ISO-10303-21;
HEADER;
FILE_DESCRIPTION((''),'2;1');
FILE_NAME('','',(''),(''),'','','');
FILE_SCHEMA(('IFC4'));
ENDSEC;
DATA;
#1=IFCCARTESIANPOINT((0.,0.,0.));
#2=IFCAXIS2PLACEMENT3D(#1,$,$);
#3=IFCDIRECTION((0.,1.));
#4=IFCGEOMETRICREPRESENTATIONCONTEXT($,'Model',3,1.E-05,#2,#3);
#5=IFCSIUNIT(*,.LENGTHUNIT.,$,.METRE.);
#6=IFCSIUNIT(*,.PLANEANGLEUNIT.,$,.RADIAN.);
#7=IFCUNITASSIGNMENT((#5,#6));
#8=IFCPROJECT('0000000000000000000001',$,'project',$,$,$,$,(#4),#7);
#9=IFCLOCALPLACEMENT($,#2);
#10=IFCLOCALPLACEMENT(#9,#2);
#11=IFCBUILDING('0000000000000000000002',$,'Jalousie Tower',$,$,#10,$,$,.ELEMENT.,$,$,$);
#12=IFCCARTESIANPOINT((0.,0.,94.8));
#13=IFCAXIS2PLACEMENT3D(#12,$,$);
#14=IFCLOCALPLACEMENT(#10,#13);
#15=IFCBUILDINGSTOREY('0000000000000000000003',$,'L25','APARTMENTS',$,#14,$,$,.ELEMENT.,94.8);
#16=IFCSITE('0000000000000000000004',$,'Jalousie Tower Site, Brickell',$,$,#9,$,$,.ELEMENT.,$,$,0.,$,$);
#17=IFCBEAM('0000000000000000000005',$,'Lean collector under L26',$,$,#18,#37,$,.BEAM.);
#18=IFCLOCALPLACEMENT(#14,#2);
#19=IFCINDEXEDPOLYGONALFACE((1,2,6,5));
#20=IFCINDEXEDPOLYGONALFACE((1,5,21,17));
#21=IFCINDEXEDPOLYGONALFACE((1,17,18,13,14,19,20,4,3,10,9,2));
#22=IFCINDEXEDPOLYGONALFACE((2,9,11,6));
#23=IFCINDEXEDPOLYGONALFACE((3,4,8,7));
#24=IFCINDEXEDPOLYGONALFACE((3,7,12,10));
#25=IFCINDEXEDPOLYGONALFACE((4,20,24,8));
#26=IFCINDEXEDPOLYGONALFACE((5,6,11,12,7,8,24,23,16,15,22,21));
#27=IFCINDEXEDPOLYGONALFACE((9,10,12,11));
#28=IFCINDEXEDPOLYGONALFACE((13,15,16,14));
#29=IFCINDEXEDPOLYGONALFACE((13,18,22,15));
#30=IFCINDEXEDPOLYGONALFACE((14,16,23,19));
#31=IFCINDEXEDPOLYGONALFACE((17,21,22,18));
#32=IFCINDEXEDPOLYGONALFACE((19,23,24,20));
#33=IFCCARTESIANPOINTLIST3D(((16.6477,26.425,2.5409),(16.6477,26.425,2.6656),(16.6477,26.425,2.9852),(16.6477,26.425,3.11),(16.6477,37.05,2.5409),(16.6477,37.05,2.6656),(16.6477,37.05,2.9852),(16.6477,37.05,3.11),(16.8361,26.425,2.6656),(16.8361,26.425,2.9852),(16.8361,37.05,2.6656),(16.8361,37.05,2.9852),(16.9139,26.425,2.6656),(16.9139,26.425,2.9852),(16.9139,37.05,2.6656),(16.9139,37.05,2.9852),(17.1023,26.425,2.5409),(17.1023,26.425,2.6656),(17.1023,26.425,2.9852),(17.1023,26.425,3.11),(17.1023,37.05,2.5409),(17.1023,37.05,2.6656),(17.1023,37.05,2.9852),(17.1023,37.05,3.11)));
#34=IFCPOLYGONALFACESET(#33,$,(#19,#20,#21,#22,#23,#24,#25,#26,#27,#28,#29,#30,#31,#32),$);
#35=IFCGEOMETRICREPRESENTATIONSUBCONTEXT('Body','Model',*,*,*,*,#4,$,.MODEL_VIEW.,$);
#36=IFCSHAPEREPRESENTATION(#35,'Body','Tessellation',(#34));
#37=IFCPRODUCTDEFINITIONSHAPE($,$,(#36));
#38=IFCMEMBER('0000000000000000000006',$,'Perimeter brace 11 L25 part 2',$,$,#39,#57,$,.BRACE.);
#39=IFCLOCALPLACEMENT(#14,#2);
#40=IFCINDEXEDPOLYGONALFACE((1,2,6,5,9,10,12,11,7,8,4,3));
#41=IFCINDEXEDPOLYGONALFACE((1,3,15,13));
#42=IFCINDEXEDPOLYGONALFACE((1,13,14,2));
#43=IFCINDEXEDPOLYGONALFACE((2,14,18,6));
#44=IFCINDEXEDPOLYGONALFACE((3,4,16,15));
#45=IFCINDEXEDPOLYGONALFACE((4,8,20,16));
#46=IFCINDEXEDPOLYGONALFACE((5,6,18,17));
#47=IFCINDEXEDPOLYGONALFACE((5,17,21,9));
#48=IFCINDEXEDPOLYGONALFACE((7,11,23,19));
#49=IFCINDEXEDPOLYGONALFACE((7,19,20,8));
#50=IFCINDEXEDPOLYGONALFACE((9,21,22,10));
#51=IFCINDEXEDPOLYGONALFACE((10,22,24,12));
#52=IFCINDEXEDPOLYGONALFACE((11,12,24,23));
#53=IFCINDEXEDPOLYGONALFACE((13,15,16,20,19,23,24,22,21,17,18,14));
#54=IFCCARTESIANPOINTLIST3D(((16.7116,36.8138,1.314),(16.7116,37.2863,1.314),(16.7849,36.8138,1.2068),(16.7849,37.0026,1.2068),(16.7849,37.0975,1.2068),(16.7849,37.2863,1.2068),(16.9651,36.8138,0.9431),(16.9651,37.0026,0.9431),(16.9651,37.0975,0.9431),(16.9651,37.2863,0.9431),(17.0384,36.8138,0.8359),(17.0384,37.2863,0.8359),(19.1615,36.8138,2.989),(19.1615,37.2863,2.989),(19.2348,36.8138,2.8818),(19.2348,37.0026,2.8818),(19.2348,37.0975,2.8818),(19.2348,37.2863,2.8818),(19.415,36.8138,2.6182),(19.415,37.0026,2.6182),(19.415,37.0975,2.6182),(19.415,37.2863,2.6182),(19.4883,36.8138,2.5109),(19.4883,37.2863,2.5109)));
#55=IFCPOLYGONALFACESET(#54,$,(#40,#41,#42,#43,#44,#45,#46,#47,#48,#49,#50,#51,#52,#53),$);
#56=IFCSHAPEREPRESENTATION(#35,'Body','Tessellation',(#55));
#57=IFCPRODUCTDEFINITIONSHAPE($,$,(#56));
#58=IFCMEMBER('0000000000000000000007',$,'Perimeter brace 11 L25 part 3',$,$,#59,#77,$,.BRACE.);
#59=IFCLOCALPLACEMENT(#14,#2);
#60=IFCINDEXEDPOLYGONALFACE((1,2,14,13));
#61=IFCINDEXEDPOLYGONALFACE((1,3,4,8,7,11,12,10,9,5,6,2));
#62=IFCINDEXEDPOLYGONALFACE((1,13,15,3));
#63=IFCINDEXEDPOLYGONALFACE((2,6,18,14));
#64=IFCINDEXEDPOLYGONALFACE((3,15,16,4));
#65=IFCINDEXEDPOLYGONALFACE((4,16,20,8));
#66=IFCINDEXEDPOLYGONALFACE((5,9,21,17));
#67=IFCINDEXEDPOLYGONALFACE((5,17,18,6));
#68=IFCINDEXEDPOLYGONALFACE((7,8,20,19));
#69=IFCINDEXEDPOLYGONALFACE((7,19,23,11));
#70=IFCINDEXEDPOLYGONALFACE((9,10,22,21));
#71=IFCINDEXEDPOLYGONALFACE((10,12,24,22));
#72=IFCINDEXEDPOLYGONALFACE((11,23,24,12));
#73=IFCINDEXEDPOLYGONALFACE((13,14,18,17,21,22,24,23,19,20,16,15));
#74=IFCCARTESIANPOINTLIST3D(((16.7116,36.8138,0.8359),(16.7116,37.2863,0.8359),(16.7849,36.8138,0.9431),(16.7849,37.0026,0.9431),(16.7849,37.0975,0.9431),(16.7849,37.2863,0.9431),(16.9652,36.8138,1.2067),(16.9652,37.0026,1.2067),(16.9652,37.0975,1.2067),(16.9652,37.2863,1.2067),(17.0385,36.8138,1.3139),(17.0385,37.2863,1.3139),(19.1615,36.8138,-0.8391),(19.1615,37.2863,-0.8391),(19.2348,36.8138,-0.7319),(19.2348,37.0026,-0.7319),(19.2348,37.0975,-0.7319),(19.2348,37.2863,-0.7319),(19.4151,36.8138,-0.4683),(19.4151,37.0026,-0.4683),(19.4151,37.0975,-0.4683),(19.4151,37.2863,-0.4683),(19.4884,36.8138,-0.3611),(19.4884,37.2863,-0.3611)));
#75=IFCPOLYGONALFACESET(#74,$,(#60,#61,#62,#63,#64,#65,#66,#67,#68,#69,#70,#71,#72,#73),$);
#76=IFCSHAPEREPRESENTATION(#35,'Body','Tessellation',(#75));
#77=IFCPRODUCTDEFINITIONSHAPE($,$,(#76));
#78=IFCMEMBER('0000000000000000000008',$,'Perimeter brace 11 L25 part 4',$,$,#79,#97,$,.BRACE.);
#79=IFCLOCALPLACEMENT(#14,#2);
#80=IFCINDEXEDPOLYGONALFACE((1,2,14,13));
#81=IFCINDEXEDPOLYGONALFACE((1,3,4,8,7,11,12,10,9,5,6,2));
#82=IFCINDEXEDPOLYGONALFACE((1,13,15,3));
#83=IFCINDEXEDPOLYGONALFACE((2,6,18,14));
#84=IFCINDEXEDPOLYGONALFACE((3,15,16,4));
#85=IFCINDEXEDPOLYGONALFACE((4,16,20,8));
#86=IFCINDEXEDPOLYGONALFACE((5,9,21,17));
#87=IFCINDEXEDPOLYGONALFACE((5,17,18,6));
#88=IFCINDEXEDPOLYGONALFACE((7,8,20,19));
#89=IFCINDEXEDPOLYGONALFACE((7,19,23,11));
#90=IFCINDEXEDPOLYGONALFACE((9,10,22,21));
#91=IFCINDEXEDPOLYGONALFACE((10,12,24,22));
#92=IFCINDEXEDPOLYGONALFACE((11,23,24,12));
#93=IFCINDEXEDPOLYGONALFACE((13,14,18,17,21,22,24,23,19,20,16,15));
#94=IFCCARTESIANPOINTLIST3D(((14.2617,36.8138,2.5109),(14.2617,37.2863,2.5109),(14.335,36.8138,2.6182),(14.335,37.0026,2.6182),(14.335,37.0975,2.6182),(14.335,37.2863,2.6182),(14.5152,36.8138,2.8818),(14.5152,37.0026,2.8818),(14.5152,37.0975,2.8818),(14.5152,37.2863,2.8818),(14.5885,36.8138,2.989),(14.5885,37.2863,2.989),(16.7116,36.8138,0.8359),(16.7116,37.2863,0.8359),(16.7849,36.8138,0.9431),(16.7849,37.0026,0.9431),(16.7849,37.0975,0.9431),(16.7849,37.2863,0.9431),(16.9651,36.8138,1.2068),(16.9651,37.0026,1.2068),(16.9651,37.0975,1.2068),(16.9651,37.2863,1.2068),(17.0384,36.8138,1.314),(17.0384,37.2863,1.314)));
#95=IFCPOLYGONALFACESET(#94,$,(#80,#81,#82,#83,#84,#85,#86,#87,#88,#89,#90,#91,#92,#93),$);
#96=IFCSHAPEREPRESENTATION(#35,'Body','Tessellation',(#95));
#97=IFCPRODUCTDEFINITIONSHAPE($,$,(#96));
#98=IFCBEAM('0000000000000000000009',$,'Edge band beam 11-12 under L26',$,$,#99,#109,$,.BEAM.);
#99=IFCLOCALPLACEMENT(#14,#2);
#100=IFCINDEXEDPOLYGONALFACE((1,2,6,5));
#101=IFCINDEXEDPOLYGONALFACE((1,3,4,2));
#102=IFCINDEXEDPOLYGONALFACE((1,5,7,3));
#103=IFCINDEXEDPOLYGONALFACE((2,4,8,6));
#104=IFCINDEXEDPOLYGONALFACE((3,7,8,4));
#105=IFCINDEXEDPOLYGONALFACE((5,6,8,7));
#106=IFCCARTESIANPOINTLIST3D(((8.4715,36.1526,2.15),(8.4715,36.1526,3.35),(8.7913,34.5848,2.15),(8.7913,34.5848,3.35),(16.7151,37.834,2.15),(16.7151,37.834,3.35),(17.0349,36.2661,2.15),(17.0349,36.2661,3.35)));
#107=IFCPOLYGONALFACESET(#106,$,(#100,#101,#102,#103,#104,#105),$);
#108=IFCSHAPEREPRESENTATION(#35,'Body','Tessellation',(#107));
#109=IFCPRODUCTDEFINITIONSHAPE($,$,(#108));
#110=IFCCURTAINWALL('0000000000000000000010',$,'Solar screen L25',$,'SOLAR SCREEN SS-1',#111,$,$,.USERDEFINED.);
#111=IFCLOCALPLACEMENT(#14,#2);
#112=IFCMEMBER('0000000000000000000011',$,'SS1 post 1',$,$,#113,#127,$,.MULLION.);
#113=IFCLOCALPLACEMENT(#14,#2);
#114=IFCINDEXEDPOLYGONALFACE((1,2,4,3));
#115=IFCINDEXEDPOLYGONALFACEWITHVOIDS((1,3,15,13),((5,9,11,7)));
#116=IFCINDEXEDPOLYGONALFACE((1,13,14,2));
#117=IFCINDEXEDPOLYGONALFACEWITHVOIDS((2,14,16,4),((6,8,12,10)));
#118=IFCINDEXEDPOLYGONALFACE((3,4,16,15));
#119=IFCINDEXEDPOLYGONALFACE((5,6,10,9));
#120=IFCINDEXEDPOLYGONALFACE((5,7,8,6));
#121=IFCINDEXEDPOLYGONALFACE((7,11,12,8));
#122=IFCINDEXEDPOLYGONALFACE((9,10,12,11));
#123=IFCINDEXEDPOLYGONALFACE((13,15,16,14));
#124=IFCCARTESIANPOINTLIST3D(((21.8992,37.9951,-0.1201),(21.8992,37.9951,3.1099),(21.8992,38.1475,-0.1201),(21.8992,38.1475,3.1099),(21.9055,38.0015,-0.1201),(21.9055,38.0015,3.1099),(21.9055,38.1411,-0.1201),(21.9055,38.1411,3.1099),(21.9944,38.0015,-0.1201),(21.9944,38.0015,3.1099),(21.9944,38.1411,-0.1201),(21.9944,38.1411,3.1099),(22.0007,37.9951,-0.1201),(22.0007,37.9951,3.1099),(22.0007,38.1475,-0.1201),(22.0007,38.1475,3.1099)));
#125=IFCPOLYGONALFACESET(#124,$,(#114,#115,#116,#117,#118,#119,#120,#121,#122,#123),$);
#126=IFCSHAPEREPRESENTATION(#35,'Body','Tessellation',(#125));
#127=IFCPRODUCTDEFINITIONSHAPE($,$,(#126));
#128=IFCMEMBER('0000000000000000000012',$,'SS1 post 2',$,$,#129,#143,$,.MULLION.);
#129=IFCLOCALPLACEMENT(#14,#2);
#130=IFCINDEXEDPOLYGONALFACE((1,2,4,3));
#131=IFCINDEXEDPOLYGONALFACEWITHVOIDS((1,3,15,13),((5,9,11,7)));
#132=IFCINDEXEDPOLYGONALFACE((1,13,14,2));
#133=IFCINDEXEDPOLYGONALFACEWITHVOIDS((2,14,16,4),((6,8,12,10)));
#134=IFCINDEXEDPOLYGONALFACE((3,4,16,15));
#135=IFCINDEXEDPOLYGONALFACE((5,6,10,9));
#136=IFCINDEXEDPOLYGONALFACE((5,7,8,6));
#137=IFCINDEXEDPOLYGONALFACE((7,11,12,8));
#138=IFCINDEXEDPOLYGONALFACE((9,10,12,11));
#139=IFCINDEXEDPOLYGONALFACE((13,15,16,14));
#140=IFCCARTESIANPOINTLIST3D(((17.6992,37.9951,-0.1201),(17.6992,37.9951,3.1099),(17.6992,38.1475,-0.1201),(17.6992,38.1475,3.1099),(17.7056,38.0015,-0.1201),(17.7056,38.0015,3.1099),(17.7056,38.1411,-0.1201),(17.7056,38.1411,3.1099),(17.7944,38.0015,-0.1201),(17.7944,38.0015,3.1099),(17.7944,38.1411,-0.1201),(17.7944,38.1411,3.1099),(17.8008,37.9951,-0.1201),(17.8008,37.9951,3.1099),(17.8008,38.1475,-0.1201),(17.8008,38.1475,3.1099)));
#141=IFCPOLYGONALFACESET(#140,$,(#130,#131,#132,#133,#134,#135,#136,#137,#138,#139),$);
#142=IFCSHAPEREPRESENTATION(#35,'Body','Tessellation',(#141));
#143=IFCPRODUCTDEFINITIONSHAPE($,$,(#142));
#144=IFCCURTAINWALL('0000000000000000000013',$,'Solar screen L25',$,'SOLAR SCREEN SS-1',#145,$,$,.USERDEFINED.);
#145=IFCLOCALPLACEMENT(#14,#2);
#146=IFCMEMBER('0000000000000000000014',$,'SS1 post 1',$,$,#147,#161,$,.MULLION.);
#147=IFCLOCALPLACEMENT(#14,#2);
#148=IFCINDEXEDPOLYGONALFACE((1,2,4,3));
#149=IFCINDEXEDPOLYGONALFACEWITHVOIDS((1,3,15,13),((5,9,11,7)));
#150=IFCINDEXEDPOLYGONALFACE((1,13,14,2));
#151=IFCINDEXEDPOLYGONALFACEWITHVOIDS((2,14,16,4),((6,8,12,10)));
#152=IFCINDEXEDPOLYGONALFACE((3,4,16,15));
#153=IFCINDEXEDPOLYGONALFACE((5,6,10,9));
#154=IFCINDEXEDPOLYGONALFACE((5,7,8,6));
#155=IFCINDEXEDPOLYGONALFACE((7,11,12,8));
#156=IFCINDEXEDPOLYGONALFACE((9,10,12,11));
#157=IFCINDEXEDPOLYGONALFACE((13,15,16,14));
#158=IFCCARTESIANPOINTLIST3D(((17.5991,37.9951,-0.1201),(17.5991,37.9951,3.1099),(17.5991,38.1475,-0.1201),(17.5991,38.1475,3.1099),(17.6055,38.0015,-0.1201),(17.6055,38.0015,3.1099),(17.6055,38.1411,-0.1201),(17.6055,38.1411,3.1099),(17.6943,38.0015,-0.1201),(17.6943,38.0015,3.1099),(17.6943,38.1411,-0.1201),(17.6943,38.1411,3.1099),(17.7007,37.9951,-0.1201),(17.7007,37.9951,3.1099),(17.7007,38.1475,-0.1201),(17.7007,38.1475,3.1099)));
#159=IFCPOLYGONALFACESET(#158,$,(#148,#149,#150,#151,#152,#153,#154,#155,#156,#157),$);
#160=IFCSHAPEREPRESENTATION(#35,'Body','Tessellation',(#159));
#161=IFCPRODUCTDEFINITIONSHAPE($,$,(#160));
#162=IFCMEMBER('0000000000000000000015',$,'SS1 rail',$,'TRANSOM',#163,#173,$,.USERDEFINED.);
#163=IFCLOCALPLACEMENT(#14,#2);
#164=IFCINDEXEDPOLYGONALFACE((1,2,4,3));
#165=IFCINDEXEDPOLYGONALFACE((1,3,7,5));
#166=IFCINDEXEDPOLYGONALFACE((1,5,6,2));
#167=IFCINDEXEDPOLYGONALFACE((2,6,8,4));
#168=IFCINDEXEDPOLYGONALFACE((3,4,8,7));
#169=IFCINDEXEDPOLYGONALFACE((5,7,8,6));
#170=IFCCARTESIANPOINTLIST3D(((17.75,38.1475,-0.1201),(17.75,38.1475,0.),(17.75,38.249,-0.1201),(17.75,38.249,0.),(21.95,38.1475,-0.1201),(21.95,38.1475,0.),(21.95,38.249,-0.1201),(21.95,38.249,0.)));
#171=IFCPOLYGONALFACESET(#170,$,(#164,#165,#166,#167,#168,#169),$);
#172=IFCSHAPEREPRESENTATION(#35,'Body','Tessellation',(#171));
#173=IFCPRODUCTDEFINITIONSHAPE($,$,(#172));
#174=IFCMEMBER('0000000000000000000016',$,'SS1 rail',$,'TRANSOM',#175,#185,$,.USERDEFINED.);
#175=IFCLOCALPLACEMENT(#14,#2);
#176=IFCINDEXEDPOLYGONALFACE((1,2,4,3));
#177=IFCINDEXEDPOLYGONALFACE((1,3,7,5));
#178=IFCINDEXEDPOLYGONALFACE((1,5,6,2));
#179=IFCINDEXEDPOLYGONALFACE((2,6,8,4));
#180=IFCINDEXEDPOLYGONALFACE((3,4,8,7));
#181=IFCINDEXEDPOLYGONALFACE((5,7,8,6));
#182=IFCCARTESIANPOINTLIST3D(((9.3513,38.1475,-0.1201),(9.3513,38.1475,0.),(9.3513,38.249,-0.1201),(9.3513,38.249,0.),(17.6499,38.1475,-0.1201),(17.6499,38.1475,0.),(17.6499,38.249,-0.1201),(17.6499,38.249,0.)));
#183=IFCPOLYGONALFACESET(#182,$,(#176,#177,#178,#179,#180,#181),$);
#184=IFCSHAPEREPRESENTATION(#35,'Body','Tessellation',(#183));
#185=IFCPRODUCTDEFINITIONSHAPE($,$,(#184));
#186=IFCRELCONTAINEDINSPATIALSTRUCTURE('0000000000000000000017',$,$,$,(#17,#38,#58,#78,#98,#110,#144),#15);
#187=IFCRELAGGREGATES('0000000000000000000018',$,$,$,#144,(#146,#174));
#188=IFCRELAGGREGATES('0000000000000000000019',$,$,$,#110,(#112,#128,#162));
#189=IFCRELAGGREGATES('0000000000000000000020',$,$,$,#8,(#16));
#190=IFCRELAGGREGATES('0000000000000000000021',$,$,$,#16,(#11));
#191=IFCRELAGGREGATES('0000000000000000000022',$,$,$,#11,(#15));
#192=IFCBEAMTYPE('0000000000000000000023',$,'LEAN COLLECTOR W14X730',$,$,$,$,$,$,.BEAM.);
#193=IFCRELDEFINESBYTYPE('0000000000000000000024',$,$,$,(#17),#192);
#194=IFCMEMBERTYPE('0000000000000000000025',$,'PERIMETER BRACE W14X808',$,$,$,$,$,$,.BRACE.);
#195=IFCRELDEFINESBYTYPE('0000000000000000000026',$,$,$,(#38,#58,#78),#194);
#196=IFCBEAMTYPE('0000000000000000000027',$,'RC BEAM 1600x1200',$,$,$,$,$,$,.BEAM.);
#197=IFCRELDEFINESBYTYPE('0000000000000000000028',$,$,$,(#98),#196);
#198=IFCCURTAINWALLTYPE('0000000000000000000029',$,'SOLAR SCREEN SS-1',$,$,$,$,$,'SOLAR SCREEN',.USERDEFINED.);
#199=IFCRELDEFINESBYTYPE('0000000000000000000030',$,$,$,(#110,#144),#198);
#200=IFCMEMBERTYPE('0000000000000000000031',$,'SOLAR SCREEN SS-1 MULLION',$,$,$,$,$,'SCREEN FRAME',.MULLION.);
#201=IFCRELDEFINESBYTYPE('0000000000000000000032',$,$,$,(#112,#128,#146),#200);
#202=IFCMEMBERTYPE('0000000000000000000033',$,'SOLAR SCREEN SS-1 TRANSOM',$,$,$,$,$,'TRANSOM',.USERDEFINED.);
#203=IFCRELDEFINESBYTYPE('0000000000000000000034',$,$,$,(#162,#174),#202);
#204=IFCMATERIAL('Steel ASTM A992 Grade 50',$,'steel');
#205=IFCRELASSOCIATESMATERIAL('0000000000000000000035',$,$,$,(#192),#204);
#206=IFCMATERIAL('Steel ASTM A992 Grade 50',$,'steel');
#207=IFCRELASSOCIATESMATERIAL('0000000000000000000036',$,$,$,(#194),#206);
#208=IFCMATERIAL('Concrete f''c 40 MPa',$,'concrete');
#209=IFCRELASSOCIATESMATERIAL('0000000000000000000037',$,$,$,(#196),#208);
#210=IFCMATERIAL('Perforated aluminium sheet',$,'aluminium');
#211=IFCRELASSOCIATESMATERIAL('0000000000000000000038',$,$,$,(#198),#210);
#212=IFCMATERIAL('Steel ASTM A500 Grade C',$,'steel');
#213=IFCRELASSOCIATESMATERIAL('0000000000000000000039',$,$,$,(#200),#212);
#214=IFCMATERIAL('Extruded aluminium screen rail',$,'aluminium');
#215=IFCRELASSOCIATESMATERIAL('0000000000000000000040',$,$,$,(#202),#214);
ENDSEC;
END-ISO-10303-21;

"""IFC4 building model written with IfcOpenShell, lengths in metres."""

from ifc_helpers import new_model, si_unit, direction, frame, origin, origin_2d, place, context, subcontext, project, spatial, rectangle, hollow_rectangle, i_section, extrude, material, material_profile, profile_set, type_object, element, aggregate, save


model = new_model("IFC4")

# Units and contexts
model_context = context("Model", 3, precision=1e-05, world=origin(), true_north=direction((0.0, 1.0)))
body_context = subcontext(model_context, "Body", "Model", "MODEL_VIEW")
ifc_project = project(units=[si_unit("LENGTHUNIT", "METRE"), si_unit("PLANEANGLEUNIT", "RADIAN")], contexts=[model_context])

# Site, building, storey
site_placement = place(None, origin())
site = spatial("IfcSite", under=ifc_project, at=site_placement, Name="Jalousie Tower Site, Brickell", CompositionType="ELEMENT", RefElevation=0.0)
building_placement = place(site_placement, origin())
building = spatial("IfcBuilding", under=site, at=building_placement, Name="Jalousie Tower", CompositionType="ELEMENT")
storey_placement = place(building_placement, frame((0.0, 0.0, 94.8)))
storey = spatial("IfcBuildingStorey", under=building, at=storey_placement, Name="L25", Description="APARTMENTS", CompositionType="ELEMENT", Elevation=94.8)

# Beam
ifc_material_1 = material(Name="Steel ASTM A992 Grade 50", Category="steel")
ifc_material_profile_1 = material_profile(ifc_material_1, i_section(OverallWidth=0.4546, OverallDepth=0.5691, WebThickness=0.0779, FlangeThickness=0.1248, at=origin_2d()), Name="W14X730")
ifc_profile_set_1 = profile_set([ifc_material_profile_1], Name="Steel ASTM A992 Grade 50")
beam_type_1 = type_object("IfcBeamType", Name="LEAN COLLECTOR W14X730", PredefinedType="BEAM", material=ifc_profile_set_1)
beam_1_placement = place(storey_placement, frame((16.875, 37.05, 2.8254), z_axis=(0.0, -1.0, 0.0), x_axis=(1.0, 0.0, 0.0)))
element("IfcBeam", 1, at=beam_1_placement, inside=storey, type_object=beam_type_1, Name="Lean collector under L26", PredefinedType="BEAM", context=body_context, shape_type="SweptSolid", body=[
    extrude(i_section(OverallWidth=0.4546, OverallDepth=0.5691, WebThickness=0.0779, FlangeThickness=0.1248, at=origin_2d()), origin(), (0.0, 0.0, 1.0), 10.625),
])

# Members
ifc_material_2 = material(Name="Steel ASTM A992 Grade 50", Category="steel")
ifc_material_profile_2 = material_profile(ifc_material_2, i_section(OverallWidth=0.4724, OverallDepth=0.5791, WebThickness=0.095, FlangeThickness=0.1299, at=origin_2d()), Name="W14X808")
ifc_profile_set_2 = profile_set([ifc_material_profile_2], Name="Steel ASTM A992 Grade 50")
member_type_1 = type_object("IfcMemberType", Name="PERIMETER BRACE W14X808", PredefinedType="BRACE", material=ifc_profile_set_2)
for number, where, z_axis, x_axis, name in (
    (2, (16.875, 37.05, 1.075), (0.825501, 0.0, 0.564401), (0.0, 1.0, 0.0), "Perimeter brace 11 L25 part 2"),
    (3, (19.325, 37.05, -0.6001), (-0.825501, 0.0, 0.564401), (0.0, -1.0, 0.0), "Perimeter brace 11 L25 part 3"),
    (4, (16.875, 37.05, 1.075), (-0.825501, 0.0, 0.564401), (0.0, -1.0, 0.0), "Perimeter brace 11 L25 part 4"),
):
    element("IfcMember", number, at=place(storey_placement, frame(where, z_axis=z_axis, x_axis=x_axis)), inside=storey, type_object=member_type_1, Name=name, PredefinedType="BRACE", context=body_context, shape_type="SweptSolid", body=[
        extrude(i_section(OverallWidth=0.4724, OverallDepth=0.5791, WebThickness=0.095, FlangeThickness=0.1299, at=origin_2d()), origin(), (0.0, 0.0, 1.0), 2.9678),
    ])

# Beam
ifc_material_3 = material(Name="Concrete f'c 40 MPa", Category="concrete")
ifc_material_profile_3 = material_profile(ifc_material_3, rectangle(XDim=1.6001, YDim=1.2, at=origin_2d()), Name="RC 1600x1200")
ifc_profile_set_3 = profile_set([ifc_material_profile_3], Name="Concrete f'c 40 MPa")
beam_type_2 = type_object("IfcBeamType", Name="RC BEAM 1600x1200", PredefinedType="BEAM", material=ifc_profile_set_3)
beam_2_placement = place(storey_placement, frame((16.875, 37.05, 2.75), z_axis=(-0.979827, -0.199848, 0.0), x_axis=(0.199848, -0.979827, 0.0)))
element("IfcBeam", 5, at=beam_2_placement, inside=storey, type_object=beam_type_2, Name="Edge band beam 11-12 under L26", PredefinedType="BEAM", context=body_context, shape_type="SweptSolid", body=[
    extrude(rectangle(XDim=1.6001, YDim=1.2, at=origin_2d()), origin(), (0.0, 0.0, 1.0), 8.4133),
])

# Curtain wall, members
ifc_material_4 = material(Name="Perforated aluminium sheet", Category="aluminium")
curtain_wall_type = type_object("IfcCurtainWallType", Name="SOLAR SCREEN SS-1", ElementType="SOLAR SCREEN", PredefinedType="USERDEFINED", material=ifc_material_4)
curtain_wall_1_placement = place(storey_placement, origin())
curtain_wall_1 = element("IfcCurtainWall", 6, at=curtain_wall_1_placement, inside=storey, type_object=curtain_wall_type, Name="Solar screen L25", ObjectType="SOLAR SCREEN SS-1", PredefinedType="USERDEFINED")
ifc_material_5 = material(Name="Steel ASTM A500 Grade C", Category="steel")
ifc_material_profile_4 = material_profile(ifc_material_5, hollow_rectangle(XDim=0.1016, YDim=0.1523, WallThickness=0.0063, at=origin_2d()), Name="HSS6X4X1/4")
ifc_profile_set_4 = profile_set([ifc_material_profile_4], Name="Steel ASTM A500 Grade C")
member_type_2 = type_object("IfcMemberType", Name="SOLAR SCREEN SS-1 MULLION", ElementType="SCREEN FRAME", PredefinedType="MULLION", material=ifc_profile_set_4)
member_1_placement = place(storey_placement, frame((21.95, 38.0713, -0.1201), z_axis=(0.0, 0.0, 1.0), x_axis=(-1.0, 0.0, 0.0)))
member_1 = element("IfcMember", 7, at=member_1_placement, type_object=member_type_2, Name="SS1 post 1", PredefinedType="MULLION", context=body_context, shape_type="SweptSolid", body=[
    extrude(hollow_rectangle(XDim=0.1016, YDim=0.1523, WallThickness=0.0063, at=origin_2d()), origin(), (0.0, 0.0, 1.0), 3.23),
])
member_2_placement = place(storey_placement, frame((17.75, 38.0713, -0.1201), z_axis=(0.0, 0.0, 1.0), x_axis=(-1.0, 0.0, 0.0)))
member_2 = element("IfcMember", 8, at=member_2_placement, type_object=member_type_2, Name="SS1 post 2", PredefinedType="MULLION", context=body_context, shape_type="SweptSolid", body=[
    extrude(hollow_rectangle(XDim=0.1016, YDim=0.1523, WallThickness=0.0063, at=origin_2d()), origin(), (0.0, 0.0, 1.0), 3.23),
])

# Curtain wall, member
curtain_wall_2_placement = place(storey_placement, origin())
curtain_wall_2 = element("IfcCurtainWall", 9, at=curtain_wall_2_placement, inside=storey, type_object=curtain_wall_type, Name="Solar screen L25", ObjectType="SOLAR SCREEN SS-1", PredefinedType="USERDEFINED")
member_3_placement = place(storey_placement, frame((17.6499, 38.0713, -0.1201), z_axis=(0.0, 0.0, 1.0), x_axis=(-1.0, 0.0, 0.0)))
member_3 = element("IfcMember", 10, at=member_3_placement, type_object=member_type_2, Name="SS1 post 1", PredefinedType="MULLION", context=body_context, shape_type="SweptSolid", body=[
    extrude(hollow_rectangle(XDim=0.1016, YDim=0.1523, WallThickness=0.0063, at=origin_2d()), origin(), (0.0, 0.0, 1.0), 3.23),
])

# Members
ifc_material_6 = material(Name="Extruded aluminium screen rail", Category="aluminium")
ifc_material_profile_5 = material_profile(ifc_material_6, rectangle(XDim=0.1016, YDim=0.1201, at=origin_2d()), Name="RAIL 102x120")
ifc_profile_set_5 = profile_set([ifc_material_profile_5], Name="Extruded aluminium screen rail")
member_type_3 = type_object("IfcMemberType", Name="SOLAR SCREEN SS-1 TRANSOM", ElementType="TRANSOM", PredefinedType="USERDEFINED", material=ifc_profile_set_5)
member_4_placement = place(storey_placement, frame((21.95, 38.1982, -0.0601), z_axis=(-1.0, 0.0, 0.0), x_axis=(0.0, -1.0, 0.0)))
member_4 = element("IfcMember", 11, at=member_4_placement, type_object=member_type_3, Name="SS1 rail", ObjectType="TRANSOM", PredefinedType="USERDEFINED", context=body_context, shape_type="SweptSolid", body=[
    extrude(rectangle(XDim=0.1016, YDim=0.1201, at=origin_2d()), origin(), (0.0, 0.0, 1.0), 4.2),
])
member_5_placement = place(storey_placement, frame((17.6499, 38.1982, -0.0601), z_axis=(-1.0, 0.0, 0.0), x_axis=(0.0, -1.0, 0.0)))
member_5 = element("IfcMember", 12, at=member_5_placement, type_object=member_type_3, Name="SS1 rail", ObjectType="TRANSOM", PredefinedType="USERDEFINED", context=body_context, shape_type="SweptSolid", body=[
    extrude(rectangle(XDim=0.1016, YDim=0.1201, at=origin_2d()), origin(), (0.0, 0.0, 1.0), 8.2986),
])
aggregate(curtain_wall_2, [member_3, member_5])

aggregate(curtain_wall_1, [member_1, member_2, member_4])

save(model, "model.ifc")
